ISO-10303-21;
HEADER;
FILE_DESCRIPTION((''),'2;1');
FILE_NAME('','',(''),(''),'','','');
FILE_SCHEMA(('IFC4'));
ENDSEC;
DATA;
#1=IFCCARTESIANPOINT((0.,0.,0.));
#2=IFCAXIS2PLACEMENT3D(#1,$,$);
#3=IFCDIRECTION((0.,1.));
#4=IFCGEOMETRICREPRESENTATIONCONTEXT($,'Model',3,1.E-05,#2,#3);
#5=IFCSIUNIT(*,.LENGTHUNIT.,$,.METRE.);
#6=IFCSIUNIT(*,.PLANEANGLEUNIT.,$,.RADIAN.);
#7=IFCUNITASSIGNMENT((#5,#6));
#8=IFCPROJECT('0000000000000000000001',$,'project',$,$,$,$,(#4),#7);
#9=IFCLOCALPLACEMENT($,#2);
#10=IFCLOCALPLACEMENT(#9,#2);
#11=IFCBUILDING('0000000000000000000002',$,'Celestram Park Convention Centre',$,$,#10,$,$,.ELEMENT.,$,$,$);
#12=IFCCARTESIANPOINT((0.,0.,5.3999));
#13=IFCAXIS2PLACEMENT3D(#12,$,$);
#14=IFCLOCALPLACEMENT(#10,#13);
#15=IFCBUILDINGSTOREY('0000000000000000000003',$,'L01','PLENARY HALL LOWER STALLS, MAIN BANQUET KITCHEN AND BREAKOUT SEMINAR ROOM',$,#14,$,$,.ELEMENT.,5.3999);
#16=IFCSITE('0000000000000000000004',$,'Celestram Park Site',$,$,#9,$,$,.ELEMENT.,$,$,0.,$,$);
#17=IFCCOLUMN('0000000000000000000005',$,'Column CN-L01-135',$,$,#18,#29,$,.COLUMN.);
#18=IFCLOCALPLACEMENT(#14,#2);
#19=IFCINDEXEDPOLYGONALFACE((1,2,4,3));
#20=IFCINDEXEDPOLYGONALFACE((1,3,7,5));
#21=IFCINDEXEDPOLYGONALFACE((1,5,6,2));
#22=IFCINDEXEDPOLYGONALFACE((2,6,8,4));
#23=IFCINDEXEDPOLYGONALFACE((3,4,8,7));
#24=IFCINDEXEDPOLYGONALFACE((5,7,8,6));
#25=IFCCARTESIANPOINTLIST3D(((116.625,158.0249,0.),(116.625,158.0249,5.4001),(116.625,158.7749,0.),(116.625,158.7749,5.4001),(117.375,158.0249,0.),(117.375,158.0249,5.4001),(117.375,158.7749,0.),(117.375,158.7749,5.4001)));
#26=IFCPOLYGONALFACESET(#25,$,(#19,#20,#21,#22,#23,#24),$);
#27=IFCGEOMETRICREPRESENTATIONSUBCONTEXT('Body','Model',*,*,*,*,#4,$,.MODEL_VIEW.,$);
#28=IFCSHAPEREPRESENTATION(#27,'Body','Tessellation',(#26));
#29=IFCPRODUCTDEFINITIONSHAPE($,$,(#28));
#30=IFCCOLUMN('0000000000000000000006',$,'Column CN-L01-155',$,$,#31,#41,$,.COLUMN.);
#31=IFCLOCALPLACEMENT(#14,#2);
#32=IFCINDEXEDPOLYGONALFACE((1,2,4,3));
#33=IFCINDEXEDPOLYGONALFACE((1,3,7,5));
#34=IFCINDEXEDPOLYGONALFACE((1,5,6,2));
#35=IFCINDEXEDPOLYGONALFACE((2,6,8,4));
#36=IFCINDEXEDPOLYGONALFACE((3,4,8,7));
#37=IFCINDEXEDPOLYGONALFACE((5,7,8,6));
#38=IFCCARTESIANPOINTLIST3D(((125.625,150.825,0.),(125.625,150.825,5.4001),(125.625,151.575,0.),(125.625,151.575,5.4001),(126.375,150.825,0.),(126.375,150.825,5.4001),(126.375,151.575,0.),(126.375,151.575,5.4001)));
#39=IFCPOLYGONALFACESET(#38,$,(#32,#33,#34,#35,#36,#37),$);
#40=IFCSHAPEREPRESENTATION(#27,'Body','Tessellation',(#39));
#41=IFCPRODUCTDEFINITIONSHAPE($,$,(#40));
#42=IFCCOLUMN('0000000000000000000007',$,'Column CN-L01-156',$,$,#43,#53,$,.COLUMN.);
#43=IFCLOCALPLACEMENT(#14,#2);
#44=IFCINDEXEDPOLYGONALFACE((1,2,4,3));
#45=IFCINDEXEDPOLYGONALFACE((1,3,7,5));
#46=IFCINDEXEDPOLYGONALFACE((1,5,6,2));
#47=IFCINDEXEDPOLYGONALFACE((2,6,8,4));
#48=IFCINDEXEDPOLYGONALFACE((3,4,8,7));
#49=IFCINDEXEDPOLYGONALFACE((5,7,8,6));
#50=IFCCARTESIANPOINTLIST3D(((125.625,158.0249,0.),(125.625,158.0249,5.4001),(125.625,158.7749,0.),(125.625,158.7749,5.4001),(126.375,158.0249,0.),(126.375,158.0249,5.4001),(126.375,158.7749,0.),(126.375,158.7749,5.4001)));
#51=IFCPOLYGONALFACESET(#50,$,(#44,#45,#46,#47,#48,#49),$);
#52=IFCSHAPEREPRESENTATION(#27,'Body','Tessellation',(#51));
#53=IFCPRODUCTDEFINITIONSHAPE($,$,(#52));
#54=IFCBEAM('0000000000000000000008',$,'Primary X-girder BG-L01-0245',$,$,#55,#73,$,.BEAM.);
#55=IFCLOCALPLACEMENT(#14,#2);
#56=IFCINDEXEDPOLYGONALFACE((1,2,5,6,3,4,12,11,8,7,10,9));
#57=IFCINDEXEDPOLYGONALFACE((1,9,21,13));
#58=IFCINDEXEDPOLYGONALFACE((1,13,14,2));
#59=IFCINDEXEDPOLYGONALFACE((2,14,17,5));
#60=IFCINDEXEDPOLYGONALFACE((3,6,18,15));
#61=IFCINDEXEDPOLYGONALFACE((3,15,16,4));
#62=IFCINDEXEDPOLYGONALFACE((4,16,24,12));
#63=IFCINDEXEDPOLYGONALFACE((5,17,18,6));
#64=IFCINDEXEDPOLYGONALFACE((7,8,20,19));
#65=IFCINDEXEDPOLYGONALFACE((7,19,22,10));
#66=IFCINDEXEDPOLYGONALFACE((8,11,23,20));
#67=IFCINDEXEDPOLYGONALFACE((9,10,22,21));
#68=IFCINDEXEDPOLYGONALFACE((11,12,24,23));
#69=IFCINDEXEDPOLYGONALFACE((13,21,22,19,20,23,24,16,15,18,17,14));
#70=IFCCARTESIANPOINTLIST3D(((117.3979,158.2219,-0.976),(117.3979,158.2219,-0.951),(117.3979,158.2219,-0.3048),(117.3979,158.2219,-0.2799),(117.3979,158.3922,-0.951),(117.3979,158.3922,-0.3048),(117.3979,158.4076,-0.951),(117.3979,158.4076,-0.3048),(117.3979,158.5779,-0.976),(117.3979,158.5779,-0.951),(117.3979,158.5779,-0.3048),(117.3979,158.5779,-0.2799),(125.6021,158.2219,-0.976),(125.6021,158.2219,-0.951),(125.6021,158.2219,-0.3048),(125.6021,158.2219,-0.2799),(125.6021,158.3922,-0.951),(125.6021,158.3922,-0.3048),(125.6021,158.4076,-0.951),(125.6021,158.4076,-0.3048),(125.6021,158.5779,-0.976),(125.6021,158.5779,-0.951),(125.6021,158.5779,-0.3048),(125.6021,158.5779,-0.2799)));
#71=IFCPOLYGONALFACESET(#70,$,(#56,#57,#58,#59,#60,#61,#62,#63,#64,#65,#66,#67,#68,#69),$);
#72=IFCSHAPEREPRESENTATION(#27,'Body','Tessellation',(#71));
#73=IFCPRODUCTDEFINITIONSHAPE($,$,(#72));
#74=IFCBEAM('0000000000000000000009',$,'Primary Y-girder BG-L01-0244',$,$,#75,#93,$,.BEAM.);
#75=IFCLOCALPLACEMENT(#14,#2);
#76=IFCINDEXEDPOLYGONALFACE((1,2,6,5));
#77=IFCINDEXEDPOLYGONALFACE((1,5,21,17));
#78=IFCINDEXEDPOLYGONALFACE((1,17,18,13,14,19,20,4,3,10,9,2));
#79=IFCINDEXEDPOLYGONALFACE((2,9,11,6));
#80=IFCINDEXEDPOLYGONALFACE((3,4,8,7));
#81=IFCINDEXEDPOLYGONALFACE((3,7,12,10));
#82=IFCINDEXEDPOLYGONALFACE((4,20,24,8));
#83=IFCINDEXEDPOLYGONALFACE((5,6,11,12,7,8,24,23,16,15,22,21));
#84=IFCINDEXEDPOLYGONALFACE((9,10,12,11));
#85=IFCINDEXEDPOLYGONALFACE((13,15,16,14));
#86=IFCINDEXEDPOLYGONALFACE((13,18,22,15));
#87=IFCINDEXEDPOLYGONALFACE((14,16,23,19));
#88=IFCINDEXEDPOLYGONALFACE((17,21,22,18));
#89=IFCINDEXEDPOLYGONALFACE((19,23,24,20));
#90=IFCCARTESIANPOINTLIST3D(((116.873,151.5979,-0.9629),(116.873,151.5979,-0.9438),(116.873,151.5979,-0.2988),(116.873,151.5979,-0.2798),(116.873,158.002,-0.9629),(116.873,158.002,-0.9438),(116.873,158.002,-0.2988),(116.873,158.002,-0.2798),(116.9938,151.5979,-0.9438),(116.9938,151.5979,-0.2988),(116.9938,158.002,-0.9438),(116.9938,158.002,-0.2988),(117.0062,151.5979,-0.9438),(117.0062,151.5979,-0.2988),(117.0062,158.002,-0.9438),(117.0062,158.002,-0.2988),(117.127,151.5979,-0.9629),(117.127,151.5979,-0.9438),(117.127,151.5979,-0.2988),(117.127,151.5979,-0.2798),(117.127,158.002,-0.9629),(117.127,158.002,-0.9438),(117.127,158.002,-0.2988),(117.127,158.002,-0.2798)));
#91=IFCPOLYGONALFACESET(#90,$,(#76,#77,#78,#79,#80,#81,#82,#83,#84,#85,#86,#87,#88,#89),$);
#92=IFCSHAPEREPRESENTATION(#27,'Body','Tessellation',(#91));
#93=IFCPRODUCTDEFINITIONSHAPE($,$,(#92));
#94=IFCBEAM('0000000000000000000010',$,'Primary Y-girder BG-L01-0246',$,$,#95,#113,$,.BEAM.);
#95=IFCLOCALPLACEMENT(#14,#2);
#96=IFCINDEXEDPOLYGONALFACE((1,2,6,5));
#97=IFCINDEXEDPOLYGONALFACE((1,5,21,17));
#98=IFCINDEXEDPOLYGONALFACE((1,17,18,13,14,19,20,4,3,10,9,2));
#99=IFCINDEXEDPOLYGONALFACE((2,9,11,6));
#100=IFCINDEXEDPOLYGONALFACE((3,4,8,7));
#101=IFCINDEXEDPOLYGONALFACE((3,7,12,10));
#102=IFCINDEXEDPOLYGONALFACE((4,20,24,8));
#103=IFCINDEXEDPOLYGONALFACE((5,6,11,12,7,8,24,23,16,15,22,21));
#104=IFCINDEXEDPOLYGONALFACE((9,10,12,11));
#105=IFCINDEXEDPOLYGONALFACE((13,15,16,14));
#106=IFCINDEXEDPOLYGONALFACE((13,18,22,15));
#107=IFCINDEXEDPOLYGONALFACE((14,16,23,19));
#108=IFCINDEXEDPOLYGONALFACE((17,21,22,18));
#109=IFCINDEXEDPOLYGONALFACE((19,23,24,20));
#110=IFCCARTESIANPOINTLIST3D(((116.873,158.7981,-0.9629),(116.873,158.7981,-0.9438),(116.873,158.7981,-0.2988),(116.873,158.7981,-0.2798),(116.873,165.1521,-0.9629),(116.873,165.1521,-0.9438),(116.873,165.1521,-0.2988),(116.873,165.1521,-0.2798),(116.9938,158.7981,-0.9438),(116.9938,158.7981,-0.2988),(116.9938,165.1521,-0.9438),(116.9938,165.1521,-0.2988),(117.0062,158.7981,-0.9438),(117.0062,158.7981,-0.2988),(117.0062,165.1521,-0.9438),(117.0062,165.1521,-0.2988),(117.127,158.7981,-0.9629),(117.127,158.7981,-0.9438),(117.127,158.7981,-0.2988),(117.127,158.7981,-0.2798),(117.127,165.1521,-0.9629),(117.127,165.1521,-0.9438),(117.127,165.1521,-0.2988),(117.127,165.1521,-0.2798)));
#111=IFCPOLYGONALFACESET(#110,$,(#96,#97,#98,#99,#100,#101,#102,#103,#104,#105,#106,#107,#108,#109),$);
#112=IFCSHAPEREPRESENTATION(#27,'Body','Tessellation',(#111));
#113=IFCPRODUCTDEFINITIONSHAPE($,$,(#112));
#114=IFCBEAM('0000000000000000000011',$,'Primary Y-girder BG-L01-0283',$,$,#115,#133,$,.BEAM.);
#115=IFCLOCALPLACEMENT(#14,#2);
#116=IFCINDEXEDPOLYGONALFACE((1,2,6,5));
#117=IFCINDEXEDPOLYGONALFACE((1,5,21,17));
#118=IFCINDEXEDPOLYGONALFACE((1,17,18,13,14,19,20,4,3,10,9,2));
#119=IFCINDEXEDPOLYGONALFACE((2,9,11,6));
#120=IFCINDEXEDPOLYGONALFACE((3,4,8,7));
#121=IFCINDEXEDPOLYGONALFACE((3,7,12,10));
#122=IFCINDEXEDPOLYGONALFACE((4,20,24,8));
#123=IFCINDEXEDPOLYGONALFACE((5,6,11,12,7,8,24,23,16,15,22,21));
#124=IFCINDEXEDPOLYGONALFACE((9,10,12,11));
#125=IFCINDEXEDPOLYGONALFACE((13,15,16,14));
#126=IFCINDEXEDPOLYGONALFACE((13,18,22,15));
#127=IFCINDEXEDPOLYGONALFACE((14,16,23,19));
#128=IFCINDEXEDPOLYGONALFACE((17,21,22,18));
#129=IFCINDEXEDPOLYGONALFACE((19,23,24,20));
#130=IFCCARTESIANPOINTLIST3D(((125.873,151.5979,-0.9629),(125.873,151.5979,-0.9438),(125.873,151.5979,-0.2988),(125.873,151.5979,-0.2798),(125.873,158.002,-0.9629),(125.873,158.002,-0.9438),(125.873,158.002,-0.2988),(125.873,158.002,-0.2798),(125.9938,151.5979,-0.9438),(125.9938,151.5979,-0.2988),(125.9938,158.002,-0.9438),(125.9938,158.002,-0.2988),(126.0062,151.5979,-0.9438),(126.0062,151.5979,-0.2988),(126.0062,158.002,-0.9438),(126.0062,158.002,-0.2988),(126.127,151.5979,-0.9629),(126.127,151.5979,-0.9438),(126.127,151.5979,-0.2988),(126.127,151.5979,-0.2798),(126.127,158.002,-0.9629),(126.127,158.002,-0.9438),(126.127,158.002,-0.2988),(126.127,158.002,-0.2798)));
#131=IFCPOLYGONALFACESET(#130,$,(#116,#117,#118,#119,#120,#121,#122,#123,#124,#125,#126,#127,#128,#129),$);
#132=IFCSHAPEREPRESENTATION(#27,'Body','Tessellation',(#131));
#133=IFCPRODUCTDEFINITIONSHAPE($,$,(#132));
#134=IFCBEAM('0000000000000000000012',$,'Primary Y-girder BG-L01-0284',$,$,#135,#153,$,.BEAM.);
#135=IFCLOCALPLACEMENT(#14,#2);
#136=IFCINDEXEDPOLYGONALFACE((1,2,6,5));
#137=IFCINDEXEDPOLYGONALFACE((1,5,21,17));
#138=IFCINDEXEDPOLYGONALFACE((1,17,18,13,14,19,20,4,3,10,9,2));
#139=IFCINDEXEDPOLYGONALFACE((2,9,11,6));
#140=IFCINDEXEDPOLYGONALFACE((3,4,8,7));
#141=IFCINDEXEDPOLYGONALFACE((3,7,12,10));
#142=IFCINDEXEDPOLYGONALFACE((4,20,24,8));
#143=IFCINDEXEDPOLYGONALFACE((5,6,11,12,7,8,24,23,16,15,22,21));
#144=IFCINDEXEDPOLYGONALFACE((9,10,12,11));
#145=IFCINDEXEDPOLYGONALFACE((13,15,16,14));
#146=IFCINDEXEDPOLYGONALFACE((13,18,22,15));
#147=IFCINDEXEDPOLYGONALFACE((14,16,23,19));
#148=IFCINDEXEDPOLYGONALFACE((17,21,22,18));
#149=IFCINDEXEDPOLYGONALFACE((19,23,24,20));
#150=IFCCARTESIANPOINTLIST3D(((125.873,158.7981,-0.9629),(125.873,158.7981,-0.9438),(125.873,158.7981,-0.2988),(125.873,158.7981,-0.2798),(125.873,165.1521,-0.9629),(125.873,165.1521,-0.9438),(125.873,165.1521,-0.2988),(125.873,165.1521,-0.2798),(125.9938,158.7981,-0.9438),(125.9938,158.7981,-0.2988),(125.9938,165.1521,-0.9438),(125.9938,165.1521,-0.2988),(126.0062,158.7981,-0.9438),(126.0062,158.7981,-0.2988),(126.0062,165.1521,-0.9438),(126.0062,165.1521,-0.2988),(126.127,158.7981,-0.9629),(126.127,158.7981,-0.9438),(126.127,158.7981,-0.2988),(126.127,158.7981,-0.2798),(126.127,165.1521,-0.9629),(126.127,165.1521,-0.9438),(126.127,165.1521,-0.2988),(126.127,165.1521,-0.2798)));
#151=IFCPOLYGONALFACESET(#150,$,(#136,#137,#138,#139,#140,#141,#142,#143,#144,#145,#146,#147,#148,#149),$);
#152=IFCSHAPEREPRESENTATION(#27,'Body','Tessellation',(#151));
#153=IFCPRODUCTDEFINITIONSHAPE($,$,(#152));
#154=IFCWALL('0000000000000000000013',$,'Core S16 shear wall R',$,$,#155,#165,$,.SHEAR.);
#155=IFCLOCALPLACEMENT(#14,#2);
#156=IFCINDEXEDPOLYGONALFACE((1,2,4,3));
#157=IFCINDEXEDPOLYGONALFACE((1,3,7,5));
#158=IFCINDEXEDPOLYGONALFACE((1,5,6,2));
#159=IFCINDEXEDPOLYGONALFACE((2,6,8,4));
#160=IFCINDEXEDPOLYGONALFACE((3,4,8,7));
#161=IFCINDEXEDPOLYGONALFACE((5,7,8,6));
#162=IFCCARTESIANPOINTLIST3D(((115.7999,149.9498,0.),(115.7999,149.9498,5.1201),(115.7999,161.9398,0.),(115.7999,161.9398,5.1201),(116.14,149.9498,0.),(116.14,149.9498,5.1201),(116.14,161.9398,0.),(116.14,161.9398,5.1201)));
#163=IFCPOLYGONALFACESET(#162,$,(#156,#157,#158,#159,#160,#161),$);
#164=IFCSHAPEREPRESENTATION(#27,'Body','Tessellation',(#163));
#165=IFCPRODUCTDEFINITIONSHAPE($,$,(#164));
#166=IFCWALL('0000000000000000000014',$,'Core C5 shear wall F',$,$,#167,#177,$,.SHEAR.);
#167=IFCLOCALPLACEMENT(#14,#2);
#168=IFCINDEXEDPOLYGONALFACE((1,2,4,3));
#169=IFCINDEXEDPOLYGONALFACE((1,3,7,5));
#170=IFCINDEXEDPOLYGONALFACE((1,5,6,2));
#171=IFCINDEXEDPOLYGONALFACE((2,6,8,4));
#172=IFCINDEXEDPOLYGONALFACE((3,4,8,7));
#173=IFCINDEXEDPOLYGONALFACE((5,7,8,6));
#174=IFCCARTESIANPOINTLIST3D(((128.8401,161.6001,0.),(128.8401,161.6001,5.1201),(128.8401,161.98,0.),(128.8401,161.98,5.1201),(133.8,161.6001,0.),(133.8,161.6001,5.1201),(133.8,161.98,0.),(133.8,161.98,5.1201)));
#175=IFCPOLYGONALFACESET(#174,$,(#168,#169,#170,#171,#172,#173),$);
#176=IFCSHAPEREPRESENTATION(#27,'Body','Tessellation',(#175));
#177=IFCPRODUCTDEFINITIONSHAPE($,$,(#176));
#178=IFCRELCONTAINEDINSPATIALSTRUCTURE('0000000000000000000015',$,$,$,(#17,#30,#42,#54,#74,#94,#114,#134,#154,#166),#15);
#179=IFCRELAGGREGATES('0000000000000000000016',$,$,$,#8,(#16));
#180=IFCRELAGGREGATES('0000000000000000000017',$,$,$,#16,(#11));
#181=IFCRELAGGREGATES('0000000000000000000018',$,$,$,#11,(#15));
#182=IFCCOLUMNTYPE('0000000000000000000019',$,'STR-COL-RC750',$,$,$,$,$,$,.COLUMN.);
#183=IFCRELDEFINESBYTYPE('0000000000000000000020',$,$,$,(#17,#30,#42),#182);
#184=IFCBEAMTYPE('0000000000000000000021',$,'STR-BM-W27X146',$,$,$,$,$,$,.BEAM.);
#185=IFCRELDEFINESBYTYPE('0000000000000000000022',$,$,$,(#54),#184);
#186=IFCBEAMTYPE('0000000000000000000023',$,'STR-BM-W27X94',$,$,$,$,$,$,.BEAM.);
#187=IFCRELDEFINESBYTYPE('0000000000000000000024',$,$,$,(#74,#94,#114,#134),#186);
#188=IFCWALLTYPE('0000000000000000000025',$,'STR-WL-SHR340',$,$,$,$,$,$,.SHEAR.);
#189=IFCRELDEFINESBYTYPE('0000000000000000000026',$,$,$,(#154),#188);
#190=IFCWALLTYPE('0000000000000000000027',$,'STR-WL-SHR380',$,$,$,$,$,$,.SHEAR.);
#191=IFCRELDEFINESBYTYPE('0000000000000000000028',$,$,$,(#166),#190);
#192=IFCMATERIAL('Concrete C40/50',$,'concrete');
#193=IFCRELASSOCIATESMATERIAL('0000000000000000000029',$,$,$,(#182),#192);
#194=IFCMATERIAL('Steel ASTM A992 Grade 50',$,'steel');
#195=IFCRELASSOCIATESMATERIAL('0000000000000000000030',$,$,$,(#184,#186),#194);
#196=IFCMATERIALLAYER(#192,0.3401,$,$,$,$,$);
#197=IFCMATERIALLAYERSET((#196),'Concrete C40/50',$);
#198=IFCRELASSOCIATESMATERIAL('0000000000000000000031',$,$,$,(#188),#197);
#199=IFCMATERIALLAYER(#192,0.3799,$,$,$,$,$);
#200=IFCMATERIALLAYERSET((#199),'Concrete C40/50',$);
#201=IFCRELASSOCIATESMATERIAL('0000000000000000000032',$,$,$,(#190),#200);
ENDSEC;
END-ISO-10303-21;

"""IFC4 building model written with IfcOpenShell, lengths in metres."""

from ifc_helpers import new_model, si_unit, direction, frame, frame_2d, origin, origin_2d, place, context, subcontext, project, spatial, rectangle, i_section, extrude, material, layer, layer_set, material_profile, profile_set, type_object, element, save


model = new_model("IFC4")

# Units and contexts
model_context = context("Model", 3, precision=1e-05, world=origin(), true_north=direction((0.0, 1.0)))
body_context = subcontext(model_context, "Body", "Model", "MODEL_VIEW")
ifc_project = project(units=[si_unit("LENGTHUNIT", "METRE"), si_unit("PLANEANGLEUNIT", "RADIAN")], contexts=[model_context])

# Site, building, storey
site_placement = place(None, origin())
site = spatial("IfcSite", under=ifc_project, at=site_placement, Name="Celestram Park Site", CompositionType="ELEMENT", RefElevation=0.0)
building_placement = place(site_placement, origin())
building = spatial("IfcBuilding", under=site, at=building_placement, Name="Celestram Park Convention Centre", CompositionType="ELEMENT")
storey_placement = place(building_placement, frame((0.0, 0.0, 5.3999)))
storey = spatial("IfcBuildingStorey", under=building, at=storey_placement, Name="L01", Description="PLENARY HALL LOWER STALLS, MAIN BANQUET KITCHEN AND BREAKOUT SEMINAR ROOM", CompositionType="ELEMENT", Elevation=5.3999)

# Columns
ifc_material_1 = material(Name="Concrete C40/50", Category="concrete")
ifc_material_profile_1 = material_profile(ifc_material_1, rectangle(XDim=0.75, YDim=0.75, at=origin_2d()), Name="RC750X750")
ifc_profile_set_1 = profile_set([ifc_material_profile_1], Name="Concrete C40/50")
column_type = type_object("IfcColumnType", Name="STR-COL-RC750", PredefinedType="COLUMN", material=ifc_profile_set_1)
for number, where, z_axis, x_axis, name in (
    (1, (117.0, 158.3999, 0.0), (0.0, 0.0, 1.0), (1.0, 0.0, 0.0), "Column CN-L01-135"),
    (2, (126.0, 151.2, 0.0), (0.0, 0.0, 1.0), (1.0, 0.0, 0.0), "Column CN-L01-155"),
    (3, (126.0, 158.3999, 0.0), (0.0, 0.0, 1.0), (1.0, 0.0, 0.0), "Column CN-L01-156"),
):
    element("IfcColumn", number, at=place(storey_placement, frame(where, z_axis=z_axis, x_axis=x_axis)), inside=storey, type_object=column_type, Name=name, PredefinedType="COLUMN", context=body_context, shape_type="SweptSolid", body=[
        extrude(rectangle(XDim=0.75, YDim=0.75, at=origin_2d()), origin(), (0.0, 0.0, 1.0), 5.4001),
    ])

# Beams
ifc_material_2 = material(Name="Steel ASTM A992 Grade 50", Category="steel")
ifc_material_profile_2 = material_profile(ifc_material_2, i_section(OverallWidth=0.356, OverallDepth=0.696, WebThickness=0.0154, FlangeThickness=0.0249, at=origin_2d()), Name="W27X146")
ifc_profile_set_2 = profile_set([ifc_material_profile_2], Name="Steel ASTM A992 Grade 50")
beam_type_1 = type_object("IfcBeamType", Name="STR-BM-W27X146", PredefinedType="BEAM", material=ifc_profile_set_2)
beam_1_placement = place(storey_placement, frame((117.3979, 158.3999, -0.6279), z_axis=(1.0, 0.0, 0.0), x_axis=(0.0, 1.0, 0.0)))
element("IfcBeam", 4, at=beam_1_placement, inside=storey, type_object=beam_type_1, Name="Primary X-girder BG-L01-0245", PredefinedType="BEAM", context=body_context, shape_type="SweptSolid", body=[
    extrude(i_section(OverallWidth=0.356, OverallDepth=0.696, WebThickness=0.0154, FlangeThickness=0.0249, at=origin_2d()), origin(), (0.0, 0.0, 1.0), 8.2041),
])
ifc_material_profile_3 = material_profile(ifc_material_2, i_section(OverallWidth=0.2539, OverallDepth=0.6831, WebThickness=0.0125, FlangeThickness=0.019, at=origin_2d()), Name="W27X94")
ifc_profile_set_3 = profile_set([ifc_material_profile_3], Name="Steel ASTM A992 Grade 50")
beam_type_2 = type_object("IfcBeamType", Name="STR-BM-W27X94", PredefinedType="BEAM", material=ifc_profile_set_3)
beam_2_placement = place(storey_placement, frame((117.0, 151.5979, -0.6213), z_axis=(0.0, 1.0, 0.0), x_axis=(-1.0, 0.0, 0.0)))
element("IfcBeam", 5, at=beam_2_placement, inside=storey, type_object=beam_type_2, Name="Primary Y-girder BG-L01-0244", PredefinedType="BEAM", context=body_context, shape_type="SweptSolid", body=[
    extrude(i_section(OverallWidth=0.2539, OverallDepth=0.6831, WebThickness=0.0125, FlangeThickness=0.019, at=origin_2d()), origin(), (0.0, 0.0, 1.0), 6.4041),
])
beam_3_placement = place(storey_placement, frame((117.0, 158.7981, -0.6213), z_axis=(0.0, 1.0, 0.0), x_axis=(-1.0, 0.0, 0.0)))
element("IfcBeam", 6, at=beam_3_placement, inside=storey, type_object=beam_type_2, Name="Primary Y-girder BG-L01-0246", PredefinedType="BEAM", context=body_context, shape_type="SweptSolid", body=[
    extrude(i_section(OverallWidth=0.2539, OverallDepth=0.6831, WebThickness=0.0125, FlangeThickness=0.019, at=origin_2d()), origin(), (0.0, 0.0, 1.0), 6.354),
])
beam_4_placement = place(storey_placement, frame((126.0, 151.5979, -0.6213), z_axis=(0.0, 1.0, 0.0), x_axis=(-1.0, 0.0, 0.0)))
element("IfcBeam", 7, at=beam_4_placement, inside=storey, type_object=beam_type_2, Name="Primary Y-girder BG-L01-0283", PredefinedType="BEAM", context=body_context, shape_type="SweptSolid", body=[
    extrude(i_section(OverallWidth=0.2539, OverallDepth=0.6831, WebThickness=0.0125, FlangeThickness=0.019, at=origin_2d()), origin(), (0.0, 0.0, 1.0), 6.4041),
])
beam_5_placement = place(storey_placement, frame((126.0, 158.7981, -0.6213), z_axis=(0.0, 1.0, 0.0), x_axis=(-1.0, 0.0, 0.0)))
element("IfcBeam", 8, at=beam_5_placement, inside=storey, type_object=beam_type_2, Name="Primary Y-girder BG-L01-0284", PredefinedType="BEAM", context=body_context, shape_type="SweptSolid", body=[
    extrude(i_section(OverallWidth=0.2539, OverallDepth=0.6831, WebThickness=0.0125, FlangeThickness=0.019, at=origin_2d()), origin(), (0.0, 0.0, 1.0), 6.354),
])

# Walls
ifc_layer_1 = layer(ifc_material_1, 0.3401)
ifc_layer_set_1 = layer_set([ifc_layer_1], Name="Concrete C40/50")
wall_type_1 = type_object("IfcWallType", Name="STR-WL-SHR340", PredefinedType="SHEAR", material=ifc_layer_set_1)
wall_1_placement = place(storey_placement, frame((115.97, 161.9399, 0.0), z_axis=(0.0, 0.0, 1.0), x_axis=(0.0, -1.0, 0.0)))
element("IfcWall", 9, at=wall_1_placement, inside=storey, type_object=wall_type_1, Name="Core S16 shear wall R", PredefinedType="SHEAR", context=body_context, shape_type="SweptSolid", body=[
    extrude(rectangle(XDim=11.99, YDim=0.3401, at=frame_2d((5.9951, 0.0))), origin(), (0.0, 0.0, 1.0), 5.1201),
])
ifc_layer_2 = layer(ifc_material_1, 0.3799)
ifc_layer_set_2 = layer_set([ifc_layer_2], Name="Concrete C40/50")
wall_type_2 = type_object("IfcWallType", Name="STR-WL-SHR380", PredefinedType="SHEAR", material=ifc_layer_set_2)
wall_2_placement = place(storey_placement, frame((128.8401, 161.79, 0.0), z_axis=(0.0, 0.0, 1.0), x_axis=(1.0, 0.0, 0.0)))
element("IfcWall", 10, at=wall_2_placement, inside=storey, type_object=wall_type_2, Name="Core C5 shear wall F", PredefinedType="SHEAR", context=body_context, shape_type="SweptSolid", body=[
    extrude(rectangle(XDim=4.96, YDim=0.3799, at=frame_2d((2.48, 0.0))), origin(), (0.0, 0.0, 1.0), 5.1201),
])

save(model, "model.ifc")
